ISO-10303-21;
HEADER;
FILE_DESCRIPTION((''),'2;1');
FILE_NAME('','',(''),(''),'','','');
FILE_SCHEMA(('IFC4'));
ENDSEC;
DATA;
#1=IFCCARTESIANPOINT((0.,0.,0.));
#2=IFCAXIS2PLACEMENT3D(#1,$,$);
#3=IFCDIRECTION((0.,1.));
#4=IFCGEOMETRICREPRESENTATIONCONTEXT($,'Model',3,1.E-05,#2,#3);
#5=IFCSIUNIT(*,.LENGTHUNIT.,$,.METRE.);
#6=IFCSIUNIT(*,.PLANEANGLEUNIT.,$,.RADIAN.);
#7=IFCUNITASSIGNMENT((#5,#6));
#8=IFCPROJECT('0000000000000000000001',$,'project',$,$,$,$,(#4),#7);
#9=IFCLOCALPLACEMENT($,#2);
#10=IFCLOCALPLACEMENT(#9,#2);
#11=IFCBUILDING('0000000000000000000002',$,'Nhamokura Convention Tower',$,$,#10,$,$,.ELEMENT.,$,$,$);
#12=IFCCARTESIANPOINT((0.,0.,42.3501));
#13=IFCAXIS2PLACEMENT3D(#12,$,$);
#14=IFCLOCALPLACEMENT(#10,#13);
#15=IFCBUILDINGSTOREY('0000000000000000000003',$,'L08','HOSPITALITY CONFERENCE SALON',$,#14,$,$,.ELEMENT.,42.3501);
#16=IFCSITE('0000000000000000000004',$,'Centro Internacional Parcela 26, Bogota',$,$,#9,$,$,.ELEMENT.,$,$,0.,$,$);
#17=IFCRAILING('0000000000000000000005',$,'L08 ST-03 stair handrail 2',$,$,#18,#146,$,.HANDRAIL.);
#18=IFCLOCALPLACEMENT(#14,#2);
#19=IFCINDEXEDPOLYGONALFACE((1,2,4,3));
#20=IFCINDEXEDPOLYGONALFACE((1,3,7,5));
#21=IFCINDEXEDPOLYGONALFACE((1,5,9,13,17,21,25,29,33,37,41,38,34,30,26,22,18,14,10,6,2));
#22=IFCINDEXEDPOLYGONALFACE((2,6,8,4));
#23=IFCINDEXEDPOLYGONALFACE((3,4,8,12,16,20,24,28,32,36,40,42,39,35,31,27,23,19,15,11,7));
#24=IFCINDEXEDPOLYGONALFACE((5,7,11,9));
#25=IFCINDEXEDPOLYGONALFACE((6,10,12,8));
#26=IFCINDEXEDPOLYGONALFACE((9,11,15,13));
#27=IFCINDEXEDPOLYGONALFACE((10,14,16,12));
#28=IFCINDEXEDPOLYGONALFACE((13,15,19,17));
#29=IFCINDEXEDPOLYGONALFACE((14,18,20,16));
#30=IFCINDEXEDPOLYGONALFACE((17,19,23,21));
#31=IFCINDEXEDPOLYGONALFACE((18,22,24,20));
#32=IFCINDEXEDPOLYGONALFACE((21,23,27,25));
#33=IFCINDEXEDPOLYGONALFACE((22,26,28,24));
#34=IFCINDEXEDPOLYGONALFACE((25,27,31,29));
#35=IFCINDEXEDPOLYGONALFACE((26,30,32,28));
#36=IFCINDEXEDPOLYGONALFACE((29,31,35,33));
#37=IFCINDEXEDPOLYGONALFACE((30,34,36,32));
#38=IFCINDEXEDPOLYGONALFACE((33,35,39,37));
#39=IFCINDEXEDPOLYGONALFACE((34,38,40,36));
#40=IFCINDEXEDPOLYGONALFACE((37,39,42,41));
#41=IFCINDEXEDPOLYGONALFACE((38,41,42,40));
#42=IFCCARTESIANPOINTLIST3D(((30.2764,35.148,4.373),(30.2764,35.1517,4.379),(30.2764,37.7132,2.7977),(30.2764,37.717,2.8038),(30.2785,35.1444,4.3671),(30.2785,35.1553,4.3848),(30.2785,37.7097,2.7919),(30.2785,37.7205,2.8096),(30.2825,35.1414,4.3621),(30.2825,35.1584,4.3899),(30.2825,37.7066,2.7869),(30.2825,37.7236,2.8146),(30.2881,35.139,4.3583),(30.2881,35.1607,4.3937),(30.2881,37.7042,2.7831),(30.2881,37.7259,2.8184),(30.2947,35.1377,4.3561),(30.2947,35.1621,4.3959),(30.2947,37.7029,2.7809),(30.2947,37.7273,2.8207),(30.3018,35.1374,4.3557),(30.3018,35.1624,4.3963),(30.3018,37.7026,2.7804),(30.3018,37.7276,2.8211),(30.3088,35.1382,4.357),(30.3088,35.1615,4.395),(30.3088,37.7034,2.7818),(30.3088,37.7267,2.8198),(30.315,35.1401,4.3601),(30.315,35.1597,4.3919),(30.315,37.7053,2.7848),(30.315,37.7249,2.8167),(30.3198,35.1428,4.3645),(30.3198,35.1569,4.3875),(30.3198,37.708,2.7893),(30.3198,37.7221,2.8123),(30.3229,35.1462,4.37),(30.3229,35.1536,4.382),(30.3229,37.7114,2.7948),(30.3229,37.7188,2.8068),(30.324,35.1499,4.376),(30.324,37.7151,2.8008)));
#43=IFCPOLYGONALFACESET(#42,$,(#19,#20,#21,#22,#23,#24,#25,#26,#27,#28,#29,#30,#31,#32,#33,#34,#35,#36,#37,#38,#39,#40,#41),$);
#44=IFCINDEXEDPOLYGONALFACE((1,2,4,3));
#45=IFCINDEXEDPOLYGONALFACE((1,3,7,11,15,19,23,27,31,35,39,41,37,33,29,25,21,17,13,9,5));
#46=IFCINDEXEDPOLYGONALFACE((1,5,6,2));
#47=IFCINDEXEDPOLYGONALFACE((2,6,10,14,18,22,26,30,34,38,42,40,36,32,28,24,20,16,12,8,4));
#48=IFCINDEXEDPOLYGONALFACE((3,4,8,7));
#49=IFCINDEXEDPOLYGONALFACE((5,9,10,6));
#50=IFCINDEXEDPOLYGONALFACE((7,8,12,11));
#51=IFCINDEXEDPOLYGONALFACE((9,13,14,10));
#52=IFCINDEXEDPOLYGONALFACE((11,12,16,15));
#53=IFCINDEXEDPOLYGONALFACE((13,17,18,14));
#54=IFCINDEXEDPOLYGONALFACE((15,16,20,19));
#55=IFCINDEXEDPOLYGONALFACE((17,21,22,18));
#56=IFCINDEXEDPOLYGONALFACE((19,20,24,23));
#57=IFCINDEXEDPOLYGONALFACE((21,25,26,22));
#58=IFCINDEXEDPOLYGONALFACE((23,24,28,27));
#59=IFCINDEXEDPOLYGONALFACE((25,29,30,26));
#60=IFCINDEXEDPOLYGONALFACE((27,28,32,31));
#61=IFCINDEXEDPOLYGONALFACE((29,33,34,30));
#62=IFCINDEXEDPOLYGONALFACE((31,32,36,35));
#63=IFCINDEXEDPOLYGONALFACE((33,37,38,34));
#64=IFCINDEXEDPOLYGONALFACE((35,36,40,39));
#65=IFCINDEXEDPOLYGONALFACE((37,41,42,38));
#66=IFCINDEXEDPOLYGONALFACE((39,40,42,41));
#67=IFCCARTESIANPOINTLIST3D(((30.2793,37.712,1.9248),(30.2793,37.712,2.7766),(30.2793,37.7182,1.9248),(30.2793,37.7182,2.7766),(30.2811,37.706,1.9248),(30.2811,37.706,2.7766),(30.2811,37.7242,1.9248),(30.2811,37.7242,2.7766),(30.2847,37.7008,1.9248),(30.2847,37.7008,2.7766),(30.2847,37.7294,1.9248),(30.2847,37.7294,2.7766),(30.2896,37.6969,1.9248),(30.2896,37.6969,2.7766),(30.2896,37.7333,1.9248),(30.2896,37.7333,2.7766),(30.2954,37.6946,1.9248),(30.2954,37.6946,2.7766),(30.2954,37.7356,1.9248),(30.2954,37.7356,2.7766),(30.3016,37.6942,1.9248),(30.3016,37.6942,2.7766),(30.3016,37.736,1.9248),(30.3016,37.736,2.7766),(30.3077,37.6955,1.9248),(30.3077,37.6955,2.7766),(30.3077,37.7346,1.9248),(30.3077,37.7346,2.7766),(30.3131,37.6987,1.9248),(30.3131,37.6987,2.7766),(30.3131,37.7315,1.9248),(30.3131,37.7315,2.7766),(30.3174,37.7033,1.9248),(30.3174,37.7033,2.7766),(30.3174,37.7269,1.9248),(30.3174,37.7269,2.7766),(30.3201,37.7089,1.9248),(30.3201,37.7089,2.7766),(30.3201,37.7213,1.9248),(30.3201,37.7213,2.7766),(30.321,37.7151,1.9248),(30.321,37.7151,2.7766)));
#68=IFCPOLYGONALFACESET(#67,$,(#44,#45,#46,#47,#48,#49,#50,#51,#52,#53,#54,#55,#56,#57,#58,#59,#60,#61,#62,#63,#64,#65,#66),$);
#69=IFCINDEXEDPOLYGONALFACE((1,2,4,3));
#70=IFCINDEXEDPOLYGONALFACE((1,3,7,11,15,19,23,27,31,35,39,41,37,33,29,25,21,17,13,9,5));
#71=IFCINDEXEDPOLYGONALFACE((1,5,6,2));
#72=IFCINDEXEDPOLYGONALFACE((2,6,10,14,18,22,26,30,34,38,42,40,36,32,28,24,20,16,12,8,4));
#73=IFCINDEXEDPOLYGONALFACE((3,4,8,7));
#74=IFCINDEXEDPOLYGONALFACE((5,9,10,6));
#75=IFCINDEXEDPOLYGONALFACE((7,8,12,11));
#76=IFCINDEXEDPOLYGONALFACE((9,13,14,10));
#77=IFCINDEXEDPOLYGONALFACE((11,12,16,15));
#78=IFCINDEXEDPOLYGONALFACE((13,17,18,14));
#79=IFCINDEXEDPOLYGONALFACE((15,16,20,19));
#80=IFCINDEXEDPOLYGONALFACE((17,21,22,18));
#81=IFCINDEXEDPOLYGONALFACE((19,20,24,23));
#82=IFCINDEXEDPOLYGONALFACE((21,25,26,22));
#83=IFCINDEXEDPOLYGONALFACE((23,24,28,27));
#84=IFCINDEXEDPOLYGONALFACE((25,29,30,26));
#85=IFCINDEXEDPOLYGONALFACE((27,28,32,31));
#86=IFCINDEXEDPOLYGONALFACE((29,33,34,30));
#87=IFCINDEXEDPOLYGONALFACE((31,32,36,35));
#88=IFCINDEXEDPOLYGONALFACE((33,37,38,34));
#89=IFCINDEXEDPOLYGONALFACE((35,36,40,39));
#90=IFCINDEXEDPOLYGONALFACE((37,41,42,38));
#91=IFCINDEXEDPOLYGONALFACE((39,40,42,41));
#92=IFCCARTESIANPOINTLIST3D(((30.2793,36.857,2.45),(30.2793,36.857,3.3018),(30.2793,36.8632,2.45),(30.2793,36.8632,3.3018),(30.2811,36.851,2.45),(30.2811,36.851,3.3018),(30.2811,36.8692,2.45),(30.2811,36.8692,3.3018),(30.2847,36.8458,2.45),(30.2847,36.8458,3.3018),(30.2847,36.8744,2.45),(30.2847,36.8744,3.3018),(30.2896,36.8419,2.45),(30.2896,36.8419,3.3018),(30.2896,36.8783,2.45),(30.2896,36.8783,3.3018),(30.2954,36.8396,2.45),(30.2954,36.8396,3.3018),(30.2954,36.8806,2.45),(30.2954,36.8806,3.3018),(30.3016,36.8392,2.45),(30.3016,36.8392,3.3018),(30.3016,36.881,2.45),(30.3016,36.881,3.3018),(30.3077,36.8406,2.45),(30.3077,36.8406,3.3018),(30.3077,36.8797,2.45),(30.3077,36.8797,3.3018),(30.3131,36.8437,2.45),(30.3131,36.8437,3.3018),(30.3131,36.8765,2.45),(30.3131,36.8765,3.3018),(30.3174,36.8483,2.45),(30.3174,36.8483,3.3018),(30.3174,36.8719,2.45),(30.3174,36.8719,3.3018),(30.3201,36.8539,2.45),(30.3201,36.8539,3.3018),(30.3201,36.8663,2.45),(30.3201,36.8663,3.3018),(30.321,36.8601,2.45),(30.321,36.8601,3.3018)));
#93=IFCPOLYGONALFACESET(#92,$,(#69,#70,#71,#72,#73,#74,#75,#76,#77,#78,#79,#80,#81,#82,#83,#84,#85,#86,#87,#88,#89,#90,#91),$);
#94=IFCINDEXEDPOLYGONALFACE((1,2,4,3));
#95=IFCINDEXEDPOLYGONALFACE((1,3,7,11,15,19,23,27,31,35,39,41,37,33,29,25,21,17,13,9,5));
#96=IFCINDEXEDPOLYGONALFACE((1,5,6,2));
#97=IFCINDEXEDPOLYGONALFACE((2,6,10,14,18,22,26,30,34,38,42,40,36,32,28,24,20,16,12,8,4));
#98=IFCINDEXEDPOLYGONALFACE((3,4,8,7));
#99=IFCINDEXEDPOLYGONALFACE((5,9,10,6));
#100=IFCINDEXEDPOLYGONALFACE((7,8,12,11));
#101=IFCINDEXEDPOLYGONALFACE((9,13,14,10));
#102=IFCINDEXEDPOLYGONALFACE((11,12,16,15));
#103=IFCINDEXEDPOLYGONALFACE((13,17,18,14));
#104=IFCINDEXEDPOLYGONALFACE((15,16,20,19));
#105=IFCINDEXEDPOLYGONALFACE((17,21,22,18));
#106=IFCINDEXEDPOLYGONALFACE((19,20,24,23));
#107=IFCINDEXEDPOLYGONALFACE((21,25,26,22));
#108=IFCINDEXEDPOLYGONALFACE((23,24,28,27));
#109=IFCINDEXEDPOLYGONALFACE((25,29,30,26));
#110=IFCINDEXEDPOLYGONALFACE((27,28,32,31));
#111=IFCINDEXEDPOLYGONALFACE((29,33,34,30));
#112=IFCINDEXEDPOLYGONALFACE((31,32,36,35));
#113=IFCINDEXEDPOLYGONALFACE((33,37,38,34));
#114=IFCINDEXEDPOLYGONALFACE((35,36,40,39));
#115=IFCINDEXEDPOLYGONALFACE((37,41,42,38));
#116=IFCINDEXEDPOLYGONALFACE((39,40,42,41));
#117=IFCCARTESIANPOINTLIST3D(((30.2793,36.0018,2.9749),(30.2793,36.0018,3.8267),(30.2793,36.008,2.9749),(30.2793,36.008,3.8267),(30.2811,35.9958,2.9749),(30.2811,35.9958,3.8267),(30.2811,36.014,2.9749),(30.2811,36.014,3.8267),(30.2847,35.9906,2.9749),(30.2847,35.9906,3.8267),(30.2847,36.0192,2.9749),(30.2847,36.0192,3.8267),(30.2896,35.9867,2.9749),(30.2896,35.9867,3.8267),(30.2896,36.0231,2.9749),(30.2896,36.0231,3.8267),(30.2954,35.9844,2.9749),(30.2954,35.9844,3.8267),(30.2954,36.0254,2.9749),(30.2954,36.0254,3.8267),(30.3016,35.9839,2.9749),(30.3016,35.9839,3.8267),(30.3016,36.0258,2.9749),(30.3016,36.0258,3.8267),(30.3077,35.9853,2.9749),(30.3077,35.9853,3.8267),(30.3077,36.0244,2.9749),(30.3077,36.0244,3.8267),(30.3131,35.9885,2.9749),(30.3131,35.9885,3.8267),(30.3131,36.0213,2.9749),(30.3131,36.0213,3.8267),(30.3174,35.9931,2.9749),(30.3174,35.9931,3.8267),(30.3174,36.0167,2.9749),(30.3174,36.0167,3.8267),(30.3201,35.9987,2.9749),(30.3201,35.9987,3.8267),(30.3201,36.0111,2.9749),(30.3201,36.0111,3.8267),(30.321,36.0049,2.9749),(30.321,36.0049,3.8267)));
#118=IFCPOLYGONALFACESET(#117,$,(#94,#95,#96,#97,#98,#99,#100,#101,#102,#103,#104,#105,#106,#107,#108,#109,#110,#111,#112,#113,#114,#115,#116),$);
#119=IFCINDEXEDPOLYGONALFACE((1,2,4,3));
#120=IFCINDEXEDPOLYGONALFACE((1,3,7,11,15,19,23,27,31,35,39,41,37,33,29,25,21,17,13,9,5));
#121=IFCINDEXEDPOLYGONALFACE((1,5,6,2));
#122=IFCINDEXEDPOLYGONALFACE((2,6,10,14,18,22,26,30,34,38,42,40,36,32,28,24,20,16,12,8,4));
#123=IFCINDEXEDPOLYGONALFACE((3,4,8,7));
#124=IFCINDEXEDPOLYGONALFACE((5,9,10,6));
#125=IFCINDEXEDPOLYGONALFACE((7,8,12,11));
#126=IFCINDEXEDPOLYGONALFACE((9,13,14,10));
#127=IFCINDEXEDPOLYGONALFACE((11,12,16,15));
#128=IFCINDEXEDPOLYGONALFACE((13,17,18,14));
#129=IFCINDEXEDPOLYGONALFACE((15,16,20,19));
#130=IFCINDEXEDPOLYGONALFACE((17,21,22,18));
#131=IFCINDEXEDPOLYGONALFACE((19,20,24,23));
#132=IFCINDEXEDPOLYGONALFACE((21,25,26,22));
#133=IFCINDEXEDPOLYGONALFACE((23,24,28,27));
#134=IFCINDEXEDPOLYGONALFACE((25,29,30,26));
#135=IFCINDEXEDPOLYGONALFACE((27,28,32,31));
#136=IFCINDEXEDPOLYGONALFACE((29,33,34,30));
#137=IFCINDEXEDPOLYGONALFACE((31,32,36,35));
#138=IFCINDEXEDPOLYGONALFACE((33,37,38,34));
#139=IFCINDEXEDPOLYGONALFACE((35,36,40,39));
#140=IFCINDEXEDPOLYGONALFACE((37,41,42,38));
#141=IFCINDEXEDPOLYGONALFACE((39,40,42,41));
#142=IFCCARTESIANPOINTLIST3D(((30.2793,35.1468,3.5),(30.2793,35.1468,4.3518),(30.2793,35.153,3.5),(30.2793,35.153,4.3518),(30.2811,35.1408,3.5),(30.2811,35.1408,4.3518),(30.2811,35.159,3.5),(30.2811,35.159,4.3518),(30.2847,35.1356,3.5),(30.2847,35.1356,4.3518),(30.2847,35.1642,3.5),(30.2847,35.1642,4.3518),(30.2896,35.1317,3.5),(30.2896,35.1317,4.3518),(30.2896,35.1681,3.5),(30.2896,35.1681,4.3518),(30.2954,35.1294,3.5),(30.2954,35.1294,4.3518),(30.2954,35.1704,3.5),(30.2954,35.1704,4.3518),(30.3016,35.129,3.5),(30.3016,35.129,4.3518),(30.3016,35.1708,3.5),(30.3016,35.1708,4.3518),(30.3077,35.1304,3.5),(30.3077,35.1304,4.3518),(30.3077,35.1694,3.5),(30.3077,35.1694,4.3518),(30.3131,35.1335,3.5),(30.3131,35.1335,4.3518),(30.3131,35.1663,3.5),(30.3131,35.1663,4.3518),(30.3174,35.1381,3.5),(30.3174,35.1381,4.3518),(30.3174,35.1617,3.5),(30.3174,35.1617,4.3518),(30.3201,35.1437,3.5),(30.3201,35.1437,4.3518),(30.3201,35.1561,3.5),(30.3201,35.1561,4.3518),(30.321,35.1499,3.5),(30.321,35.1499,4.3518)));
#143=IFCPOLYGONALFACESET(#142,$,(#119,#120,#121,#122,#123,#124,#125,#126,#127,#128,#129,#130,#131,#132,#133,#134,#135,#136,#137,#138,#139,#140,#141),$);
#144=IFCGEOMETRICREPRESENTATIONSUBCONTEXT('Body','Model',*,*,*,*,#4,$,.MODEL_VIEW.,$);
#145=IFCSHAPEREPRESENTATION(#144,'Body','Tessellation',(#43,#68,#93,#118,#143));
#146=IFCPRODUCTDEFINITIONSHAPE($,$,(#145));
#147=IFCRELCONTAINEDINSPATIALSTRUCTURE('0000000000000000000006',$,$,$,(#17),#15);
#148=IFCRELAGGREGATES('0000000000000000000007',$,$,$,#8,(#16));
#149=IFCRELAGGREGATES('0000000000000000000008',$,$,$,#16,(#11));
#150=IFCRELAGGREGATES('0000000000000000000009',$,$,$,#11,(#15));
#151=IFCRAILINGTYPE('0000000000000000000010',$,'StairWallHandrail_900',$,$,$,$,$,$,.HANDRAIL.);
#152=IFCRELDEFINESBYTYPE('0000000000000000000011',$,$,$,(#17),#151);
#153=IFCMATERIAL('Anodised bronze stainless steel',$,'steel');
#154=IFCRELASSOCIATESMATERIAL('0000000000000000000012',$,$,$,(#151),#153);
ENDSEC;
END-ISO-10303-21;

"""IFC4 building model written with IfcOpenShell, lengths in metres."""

from ifc_helpers import new_model, si_unit, direction, frame, origin, origin_2d, place, context, subcontext, project, spatial, circle, extrude, material, type_object, element, save


model = new_model("IFC4")

# Units and contexts
model_context = context("Model", 3, precision=1e-05, world=origin(), true_north=direction((0.0, 1.0)))
body_context = subcontext(model_context, "Body", "Model", "MODEL_VIEW")
ifc_project = project(units=[si_unit("LENGTHUNIT", "METRE"), si_unit("PLANEANGLEUNIT", "RADIAN")], contexts=[model_context])

# Site, building, storey
site_placement = place(None, origin())
site = spatial("IfcSite", under=ifc_project, at=site_placement, Name="Centro Internacional Parcela 26, Bogota", CompositionType="ELEMENT", RefElevation=0.0)
building_placement = place(site_placement, origin())
building = spatial("IfcBuilding", under=site, at=building_placement, Name="Nhamokura Convention Tower", CompositionType="ELEMENT")
storey_placement = place(building_placement, frame((0.0, 0.0, 42.3501)))
storey = spatial("IfcBuildingStorey", under=building, at=storey_placement, Name="L08", Description="HOSPITALITY CONFERENCE SALON", CompositionType="ELEMENT", Elevation=42.3501)

# Railing
ifc_material_1 = material(Name="Anodised bronze stainless steel", Category="steel")
railing_type_1 = type_object("IfcRailingType", Name="StairWallHandrail_900", PredefinedType="HANDRAIL", material=ifc_material_1)
railing_1_placement = place(storey_placement, frame((30.3, 37.7151, 1.9248)))
element("IfcRailing", 1, at=railing_1_placement, inside=storey, type_object=railing_type_1, Name="L08 ST-03 stair handrail 2", PredefinedType="HANDRAIL", context=body_context, shape_type="SweptSolid", body=[
    extrude(circle(Radius=0.0239, at=origin_2d()), frame((0.0, 0.0, 0.876), z_axis=(0.0, -0.852159, 0.523283), x_axis=(1.0, 0.0, 0.0)), (0.0, 0.0, 1.0), 3.0103),
    extrude(circle(Radius=0.021, at=origin_2d()), origin(), (0.0, 0.0, 1.0), 0.8518),
    extrude(circle(Radius=0.021, at=origin_2d()), frame((0.0, -0.855, 0.5251)), (0.0, 0.0, 1.0), 0.8518),
    extrude(circle(Radius=0.021, at=origin_2d()), frame((0.0, -1.7102, 1.05)), (0.0, 0.0, 1.0), 0.8518),
    extrude(circle(Radius=0.021, at=origin_2d()), frame((0.0, -2.5652, 1.5752)), (0.0, 0.0, 1.0), 0.8518),
])

save(model, "model.ifc")
